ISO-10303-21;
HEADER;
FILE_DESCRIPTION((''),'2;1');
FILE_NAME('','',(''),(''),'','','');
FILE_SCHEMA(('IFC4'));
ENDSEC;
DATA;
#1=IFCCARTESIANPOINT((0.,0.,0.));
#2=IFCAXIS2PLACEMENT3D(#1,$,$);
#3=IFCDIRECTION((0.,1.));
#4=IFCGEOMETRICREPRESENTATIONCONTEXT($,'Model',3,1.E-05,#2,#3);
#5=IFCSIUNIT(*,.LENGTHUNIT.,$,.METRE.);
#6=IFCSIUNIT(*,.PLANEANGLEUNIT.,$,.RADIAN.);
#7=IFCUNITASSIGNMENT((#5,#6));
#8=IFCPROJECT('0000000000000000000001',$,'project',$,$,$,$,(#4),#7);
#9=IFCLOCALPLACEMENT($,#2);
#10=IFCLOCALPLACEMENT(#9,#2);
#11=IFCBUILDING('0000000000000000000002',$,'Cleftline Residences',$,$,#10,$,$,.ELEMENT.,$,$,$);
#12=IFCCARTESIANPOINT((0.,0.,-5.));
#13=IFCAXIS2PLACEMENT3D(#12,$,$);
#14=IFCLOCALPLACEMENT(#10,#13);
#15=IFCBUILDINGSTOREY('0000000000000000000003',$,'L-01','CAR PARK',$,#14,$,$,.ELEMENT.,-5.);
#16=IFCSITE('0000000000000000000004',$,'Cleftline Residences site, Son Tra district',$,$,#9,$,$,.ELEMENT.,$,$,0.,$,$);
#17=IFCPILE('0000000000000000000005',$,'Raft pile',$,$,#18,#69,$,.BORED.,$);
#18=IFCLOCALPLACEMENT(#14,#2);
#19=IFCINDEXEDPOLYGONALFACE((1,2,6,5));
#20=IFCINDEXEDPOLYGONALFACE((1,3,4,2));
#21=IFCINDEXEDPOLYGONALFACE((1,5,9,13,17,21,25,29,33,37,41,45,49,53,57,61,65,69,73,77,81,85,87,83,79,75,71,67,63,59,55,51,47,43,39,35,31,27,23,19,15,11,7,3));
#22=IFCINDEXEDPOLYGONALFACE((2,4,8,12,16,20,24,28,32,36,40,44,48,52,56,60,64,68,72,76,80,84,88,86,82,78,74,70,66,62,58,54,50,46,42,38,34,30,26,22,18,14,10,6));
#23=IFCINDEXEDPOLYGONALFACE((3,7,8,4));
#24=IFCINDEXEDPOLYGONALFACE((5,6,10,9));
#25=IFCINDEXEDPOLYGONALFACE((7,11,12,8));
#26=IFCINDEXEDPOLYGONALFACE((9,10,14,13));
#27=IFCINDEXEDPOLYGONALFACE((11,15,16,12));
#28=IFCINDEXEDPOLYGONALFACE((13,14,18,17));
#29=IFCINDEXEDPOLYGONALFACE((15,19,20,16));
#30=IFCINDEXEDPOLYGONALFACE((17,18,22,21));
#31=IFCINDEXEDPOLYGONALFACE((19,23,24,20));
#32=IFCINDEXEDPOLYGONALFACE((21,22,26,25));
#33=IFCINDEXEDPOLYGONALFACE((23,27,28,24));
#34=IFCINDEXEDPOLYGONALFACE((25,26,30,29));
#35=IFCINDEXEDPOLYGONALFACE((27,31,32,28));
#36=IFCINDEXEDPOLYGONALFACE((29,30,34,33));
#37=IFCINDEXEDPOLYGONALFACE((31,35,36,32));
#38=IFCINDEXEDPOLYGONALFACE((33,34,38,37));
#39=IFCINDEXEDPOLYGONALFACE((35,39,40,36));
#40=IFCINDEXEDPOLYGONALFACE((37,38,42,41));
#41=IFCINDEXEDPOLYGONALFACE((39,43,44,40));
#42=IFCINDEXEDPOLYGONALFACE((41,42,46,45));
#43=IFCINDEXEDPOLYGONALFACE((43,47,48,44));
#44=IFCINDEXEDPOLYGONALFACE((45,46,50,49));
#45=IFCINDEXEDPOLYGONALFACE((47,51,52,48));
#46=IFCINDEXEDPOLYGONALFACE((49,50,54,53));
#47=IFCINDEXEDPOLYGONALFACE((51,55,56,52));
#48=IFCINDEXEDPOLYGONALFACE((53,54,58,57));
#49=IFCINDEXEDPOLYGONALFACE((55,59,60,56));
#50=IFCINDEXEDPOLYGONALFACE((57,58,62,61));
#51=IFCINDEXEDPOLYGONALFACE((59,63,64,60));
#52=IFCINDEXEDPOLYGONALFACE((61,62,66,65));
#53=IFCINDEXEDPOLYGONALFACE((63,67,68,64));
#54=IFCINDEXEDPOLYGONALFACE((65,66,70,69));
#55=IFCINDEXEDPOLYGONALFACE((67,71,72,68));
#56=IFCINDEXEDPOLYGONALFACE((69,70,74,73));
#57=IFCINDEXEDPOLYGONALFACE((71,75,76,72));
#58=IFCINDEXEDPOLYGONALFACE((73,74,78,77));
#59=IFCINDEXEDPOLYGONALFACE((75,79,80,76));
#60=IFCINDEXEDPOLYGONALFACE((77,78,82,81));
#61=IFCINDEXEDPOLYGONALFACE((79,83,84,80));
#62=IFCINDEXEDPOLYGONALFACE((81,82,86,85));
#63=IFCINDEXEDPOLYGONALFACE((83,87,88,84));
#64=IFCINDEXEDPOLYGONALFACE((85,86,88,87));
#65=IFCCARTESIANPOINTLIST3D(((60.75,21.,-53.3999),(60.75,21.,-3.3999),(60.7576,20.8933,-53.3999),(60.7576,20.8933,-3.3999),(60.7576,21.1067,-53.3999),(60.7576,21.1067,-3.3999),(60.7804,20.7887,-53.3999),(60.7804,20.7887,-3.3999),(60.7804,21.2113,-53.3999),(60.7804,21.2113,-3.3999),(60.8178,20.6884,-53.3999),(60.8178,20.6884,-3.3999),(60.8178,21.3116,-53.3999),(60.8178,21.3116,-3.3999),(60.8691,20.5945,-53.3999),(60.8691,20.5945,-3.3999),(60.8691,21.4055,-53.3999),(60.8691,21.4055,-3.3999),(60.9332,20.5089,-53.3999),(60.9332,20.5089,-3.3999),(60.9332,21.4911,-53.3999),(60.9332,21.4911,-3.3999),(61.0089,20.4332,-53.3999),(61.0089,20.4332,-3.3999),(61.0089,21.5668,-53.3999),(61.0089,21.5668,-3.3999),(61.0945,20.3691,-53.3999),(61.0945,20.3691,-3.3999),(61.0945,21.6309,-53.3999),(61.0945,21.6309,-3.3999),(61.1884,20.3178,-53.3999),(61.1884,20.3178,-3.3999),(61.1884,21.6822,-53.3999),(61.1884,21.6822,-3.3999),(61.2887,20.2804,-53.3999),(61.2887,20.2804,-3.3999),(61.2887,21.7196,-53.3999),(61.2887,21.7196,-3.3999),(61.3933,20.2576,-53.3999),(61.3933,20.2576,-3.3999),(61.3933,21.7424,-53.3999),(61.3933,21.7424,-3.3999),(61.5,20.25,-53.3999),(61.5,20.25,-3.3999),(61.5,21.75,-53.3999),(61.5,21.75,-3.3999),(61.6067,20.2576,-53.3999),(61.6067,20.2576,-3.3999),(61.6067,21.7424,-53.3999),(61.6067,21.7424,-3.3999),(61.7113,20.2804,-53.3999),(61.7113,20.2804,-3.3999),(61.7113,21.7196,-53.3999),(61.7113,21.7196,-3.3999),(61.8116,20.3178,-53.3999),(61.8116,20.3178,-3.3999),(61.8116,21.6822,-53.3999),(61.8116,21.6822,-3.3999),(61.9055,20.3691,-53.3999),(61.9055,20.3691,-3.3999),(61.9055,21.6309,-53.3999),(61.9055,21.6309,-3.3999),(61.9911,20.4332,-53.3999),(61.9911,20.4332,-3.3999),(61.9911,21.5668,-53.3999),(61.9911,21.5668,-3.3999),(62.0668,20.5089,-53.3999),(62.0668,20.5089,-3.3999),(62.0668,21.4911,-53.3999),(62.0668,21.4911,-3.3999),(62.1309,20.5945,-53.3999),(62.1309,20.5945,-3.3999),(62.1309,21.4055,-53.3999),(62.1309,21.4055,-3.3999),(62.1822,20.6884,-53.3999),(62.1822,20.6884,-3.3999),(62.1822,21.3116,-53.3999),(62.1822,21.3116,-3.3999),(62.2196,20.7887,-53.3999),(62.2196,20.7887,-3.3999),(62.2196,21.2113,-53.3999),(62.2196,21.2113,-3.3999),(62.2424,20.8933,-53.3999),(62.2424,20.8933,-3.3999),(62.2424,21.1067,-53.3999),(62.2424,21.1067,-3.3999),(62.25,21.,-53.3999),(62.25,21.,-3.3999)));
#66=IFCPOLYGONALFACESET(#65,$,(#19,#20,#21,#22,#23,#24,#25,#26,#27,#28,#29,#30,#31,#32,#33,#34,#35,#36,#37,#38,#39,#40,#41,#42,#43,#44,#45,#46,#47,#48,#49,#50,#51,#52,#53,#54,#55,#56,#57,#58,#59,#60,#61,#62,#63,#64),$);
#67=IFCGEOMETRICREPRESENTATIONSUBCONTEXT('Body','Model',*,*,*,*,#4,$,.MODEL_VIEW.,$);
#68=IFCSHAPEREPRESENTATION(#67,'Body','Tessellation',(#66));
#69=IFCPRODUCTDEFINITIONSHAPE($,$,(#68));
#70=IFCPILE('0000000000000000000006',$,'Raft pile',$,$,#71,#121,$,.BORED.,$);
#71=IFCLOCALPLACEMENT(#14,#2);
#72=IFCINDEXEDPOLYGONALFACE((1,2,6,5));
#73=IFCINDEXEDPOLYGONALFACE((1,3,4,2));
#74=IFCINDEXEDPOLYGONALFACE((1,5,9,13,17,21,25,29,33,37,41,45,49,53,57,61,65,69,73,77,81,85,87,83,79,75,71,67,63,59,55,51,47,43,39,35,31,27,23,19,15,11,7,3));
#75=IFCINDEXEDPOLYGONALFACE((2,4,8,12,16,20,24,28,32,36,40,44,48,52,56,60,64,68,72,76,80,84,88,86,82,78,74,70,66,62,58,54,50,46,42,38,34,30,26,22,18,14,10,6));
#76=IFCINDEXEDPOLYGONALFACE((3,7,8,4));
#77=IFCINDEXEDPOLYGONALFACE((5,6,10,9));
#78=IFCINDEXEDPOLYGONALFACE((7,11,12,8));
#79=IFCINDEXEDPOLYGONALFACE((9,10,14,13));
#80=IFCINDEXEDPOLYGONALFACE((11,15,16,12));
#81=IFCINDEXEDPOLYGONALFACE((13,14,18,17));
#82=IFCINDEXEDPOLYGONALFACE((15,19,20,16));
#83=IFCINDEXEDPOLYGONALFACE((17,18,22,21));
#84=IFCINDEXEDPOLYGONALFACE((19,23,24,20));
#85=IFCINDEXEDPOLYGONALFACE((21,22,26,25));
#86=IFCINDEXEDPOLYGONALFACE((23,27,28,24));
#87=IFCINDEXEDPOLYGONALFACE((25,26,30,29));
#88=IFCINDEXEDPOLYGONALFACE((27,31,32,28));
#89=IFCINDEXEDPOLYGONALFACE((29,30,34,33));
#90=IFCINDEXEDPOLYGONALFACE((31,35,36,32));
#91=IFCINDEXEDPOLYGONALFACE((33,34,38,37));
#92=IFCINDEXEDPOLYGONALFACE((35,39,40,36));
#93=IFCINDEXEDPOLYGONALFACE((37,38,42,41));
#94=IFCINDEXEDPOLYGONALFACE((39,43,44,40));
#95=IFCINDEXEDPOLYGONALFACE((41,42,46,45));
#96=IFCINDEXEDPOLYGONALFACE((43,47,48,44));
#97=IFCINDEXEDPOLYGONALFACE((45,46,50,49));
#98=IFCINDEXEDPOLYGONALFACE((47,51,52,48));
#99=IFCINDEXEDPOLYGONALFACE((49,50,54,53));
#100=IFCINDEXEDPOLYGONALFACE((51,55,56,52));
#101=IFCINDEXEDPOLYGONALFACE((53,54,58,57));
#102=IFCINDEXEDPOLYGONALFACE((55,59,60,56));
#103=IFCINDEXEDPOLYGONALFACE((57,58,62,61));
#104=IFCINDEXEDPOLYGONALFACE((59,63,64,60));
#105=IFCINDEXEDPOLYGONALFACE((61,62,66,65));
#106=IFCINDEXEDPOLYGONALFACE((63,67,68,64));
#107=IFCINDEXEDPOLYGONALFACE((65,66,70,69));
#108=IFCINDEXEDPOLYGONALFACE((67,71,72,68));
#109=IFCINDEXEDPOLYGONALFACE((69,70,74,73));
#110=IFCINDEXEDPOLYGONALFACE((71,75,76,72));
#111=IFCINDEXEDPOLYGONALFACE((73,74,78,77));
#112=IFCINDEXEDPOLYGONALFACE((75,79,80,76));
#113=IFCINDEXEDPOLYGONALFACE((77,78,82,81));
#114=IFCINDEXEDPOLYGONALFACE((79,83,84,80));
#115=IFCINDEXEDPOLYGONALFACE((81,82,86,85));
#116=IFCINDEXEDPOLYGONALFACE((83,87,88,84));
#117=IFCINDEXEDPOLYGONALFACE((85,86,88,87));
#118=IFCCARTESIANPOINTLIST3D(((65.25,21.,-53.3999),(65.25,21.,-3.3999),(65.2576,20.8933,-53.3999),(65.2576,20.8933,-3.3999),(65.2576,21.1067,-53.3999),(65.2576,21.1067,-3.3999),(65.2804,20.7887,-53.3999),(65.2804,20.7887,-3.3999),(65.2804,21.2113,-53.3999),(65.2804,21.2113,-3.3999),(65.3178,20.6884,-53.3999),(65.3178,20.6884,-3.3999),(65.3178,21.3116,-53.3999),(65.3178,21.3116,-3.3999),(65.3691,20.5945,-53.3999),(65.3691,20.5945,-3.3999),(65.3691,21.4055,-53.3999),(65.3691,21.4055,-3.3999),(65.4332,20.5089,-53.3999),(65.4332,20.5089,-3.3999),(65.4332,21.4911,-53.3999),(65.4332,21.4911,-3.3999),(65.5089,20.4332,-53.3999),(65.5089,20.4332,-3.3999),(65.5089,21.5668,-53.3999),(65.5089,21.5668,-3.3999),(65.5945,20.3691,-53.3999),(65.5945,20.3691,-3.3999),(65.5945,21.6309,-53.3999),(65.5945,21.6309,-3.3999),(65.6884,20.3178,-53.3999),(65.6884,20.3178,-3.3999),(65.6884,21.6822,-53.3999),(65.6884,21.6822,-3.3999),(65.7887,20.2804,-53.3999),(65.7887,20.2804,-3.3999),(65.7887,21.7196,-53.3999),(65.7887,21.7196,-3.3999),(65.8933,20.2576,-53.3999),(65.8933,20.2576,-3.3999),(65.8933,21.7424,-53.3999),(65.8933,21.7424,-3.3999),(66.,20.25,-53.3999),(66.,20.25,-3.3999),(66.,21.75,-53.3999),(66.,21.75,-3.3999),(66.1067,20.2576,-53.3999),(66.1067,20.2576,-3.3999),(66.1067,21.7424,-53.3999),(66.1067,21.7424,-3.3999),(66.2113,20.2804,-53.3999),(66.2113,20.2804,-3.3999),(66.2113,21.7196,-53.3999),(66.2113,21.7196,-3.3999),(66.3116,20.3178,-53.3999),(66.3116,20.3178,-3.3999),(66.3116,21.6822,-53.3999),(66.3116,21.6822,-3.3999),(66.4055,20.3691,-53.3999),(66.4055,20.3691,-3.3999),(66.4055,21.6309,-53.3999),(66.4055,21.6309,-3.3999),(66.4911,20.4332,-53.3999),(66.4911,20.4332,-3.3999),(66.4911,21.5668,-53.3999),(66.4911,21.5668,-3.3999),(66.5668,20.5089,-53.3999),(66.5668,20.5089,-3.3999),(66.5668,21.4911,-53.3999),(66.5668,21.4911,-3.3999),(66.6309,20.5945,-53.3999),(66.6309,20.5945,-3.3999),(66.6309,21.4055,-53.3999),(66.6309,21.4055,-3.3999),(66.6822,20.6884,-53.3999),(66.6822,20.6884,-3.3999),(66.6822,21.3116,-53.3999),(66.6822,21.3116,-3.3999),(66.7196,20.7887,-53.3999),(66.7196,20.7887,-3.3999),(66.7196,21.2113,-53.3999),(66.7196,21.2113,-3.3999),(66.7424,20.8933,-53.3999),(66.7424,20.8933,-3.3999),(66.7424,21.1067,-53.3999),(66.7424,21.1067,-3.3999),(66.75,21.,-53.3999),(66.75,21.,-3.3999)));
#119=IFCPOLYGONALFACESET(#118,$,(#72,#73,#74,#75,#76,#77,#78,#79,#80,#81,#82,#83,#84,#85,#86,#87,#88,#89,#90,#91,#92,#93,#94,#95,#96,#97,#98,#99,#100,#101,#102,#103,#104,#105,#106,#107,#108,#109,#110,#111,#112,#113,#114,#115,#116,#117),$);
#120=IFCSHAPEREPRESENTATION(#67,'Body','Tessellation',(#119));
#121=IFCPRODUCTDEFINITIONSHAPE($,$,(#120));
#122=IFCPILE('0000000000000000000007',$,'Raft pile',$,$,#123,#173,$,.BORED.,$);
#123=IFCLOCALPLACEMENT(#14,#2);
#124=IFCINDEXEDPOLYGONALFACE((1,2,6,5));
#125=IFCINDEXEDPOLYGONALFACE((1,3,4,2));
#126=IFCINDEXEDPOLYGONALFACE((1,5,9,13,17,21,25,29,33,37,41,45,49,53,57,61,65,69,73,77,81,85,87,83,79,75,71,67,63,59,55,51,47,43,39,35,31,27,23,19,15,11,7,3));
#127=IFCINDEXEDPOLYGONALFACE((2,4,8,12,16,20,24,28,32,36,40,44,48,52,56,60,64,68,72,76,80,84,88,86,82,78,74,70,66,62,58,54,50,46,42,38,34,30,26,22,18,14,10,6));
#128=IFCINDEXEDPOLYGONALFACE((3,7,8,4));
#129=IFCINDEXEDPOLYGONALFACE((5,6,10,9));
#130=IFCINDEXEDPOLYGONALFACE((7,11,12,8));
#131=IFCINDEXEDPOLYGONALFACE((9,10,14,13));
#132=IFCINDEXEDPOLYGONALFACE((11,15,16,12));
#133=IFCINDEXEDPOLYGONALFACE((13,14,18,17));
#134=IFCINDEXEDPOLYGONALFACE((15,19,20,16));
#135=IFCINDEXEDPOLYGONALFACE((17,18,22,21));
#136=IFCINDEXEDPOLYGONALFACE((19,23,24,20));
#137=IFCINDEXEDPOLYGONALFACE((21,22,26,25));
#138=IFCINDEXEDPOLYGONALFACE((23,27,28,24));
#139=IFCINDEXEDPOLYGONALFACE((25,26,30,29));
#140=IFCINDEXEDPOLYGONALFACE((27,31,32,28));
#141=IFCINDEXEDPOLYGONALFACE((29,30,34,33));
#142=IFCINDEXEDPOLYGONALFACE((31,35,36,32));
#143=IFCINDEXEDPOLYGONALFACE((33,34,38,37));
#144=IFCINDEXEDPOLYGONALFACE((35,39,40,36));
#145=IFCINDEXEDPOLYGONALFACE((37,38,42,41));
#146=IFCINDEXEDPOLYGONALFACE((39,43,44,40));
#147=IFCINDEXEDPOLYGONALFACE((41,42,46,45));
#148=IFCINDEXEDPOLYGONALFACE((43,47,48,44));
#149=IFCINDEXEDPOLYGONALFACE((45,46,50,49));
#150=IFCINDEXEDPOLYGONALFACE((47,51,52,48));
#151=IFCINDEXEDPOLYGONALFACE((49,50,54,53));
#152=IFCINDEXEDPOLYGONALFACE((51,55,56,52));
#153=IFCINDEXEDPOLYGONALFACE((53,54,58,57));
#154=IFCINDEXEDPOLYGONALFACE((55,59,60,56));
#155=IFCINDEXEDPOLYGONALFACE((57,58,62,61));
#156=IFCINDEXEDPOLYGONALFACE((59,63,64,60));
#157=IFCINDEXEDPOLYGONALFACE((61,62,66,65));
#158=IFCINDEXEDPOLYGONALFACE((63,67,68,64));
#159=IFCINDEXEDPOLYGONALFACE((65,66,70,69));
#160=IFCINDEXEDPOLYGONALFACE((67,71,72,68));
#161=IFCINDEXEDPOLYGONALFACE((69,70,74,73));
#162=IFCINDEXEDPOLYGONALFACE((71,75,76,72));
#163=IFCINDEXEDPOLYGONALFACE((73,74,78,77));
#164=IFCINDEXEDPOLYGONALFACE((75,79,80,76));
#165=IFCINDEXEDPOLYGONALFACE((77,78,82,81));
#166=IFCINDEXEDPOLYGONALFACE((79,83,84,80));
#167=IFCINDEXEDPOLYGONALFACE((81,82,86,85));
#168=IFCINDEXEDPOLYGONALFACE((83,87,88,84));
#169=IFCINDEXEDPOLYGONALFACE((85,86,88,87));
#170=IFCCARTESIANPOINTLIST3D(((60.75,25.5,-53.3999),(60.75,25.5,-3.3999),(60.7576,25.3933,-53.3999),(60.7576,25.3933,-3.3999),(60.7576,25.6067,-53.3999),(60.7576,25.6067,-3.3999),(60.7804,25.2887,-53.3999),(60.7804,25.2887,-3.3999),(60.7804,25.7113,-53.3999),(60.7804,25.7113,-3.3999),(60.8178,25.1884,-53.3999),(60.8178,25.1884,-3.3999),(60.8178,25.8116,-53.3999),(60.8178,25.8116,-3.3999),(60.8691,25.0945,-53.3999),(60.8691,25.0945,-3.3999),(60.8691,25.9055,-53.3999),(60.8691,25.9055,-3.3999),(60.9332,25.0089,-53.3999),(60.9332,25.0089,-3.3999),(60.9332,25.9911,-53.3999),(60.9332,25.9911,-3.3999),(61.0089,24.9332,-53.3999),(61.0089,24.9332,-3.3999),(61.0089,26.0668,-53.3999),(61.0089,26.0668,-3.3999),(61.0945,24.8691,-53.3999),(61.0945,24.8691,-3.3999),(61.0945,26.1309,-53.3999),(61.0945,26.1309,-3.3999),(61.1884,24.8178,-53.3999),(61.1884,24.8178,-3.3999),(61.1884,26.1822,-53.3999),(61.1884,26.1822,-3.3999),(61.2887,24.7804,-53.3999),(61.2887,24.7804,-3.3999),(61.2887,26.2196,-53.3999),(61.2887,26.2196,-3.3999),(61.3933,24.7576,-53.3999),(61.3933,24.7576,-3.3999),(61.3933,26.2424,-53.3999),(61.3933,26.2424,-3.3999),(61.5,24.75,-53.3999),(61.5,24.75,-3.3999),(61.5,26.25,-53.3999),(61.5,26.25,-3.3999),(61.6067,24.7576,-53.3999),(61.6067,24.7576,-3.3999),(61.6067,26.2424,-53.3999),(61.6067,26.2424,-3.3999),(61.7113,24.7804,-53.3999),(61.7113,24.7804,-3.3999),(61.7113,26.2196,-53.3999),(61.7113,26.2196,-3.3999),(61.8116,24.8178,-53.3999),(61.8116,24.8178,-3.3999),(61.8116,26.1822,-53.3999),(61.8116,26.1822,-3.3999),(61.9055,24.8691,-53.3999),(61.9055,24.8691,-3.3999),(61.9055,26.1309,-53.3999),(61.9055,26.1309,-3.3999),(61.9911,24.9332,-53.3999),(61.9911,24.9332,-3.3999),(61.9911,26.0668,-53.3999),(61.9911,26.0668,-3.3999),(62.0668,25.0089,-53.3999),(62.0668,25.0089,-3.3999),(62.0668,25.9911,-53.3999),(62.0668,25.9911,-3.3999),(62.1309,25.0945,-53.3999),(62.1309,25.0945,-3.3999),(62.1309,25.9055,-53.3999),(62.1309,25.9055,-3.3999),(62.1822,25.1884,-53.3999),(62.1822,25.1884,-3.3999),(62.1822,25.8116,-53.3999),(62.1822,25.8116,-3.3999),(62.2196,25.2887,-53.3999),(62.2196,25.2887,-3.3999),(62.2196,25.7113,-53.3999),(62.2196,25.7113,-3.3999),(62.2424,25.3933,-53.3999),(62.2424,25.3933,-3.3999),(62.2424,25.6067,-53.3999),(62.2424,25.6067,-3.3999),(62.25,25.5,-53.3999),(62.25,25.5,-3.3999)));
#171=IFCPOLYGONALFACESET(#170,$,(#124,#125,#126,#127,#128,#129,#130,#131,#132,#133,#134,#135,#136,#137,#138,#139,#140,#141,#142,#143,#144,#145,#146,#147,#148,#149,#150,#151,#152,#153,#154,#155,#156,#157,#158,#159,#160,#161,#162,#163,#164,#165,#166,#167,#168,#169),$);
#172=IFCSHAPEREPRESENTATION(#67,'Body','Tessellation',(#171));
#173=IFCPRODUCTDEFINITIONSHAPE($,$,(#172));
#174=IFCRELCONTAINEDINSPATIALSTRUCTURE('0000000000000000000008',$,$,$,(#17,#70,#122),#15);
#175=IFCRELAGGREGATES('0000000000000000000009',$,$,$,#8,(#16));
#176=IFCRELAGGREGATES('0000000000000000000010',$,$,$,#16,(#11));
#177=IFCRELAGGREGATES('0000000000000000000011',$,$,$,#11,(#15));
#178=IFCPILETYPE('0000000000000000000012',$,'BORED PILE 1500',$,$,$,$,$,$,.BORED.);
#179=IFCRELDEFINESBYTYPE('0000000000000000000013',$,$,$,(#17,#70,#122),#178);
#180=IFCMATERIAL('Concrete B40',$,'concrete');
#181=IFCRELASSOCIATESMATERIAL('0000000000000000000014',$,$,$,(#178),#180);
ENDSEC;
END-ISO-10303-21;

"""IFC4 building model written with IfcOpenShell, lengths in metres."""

from ifc_helpers import new_model, si_unit, direction, frame, origin, origin_2d, place, context, subcontext, project, spatial, circle, extrude, material, material_profile, profile_set, type_object, element, save


model = new_model("IFC4")

# Units and contexts
model_context = context("Model", 3, precision=1e-05, world=origin(), true_north=direction((0.0, 1.0)))
body_context = subcontext(model_context, "Body", "Model", "MODEL_VIEW")
ifc_project = project(units=[si_unit("LENGTHUNIT", "METRE"), si_unit("PLANEANGLEUNIT", "RADIAN")], contexts=[model_context])

# Site, building, storey
site_placement = place(None, origin())
site = spatial("IfcSite", under=ifc_project, at=site_placement, Name="Cleftline Residences site, Son Tra district", CompositionType="ELEMENT", RefElevation=0.0)
building_placement = place(site_placement, origin())
building = spatial("IfcBuilding", under=site, at=building_placement, Name="Cleftline Residences", CompositionType="ELEMENT")
storey_placement = place(building_placement, frame((0.0, 0.0, -5.0)))
storey = spatial("IfcBuildingStorey", under=building, at=storey_placement, Name="L-01", Description="CAR PARK", CompositionType="ELEMENT", Elevation=-5.0)

# Piles
ifc_material_1 = material(Name="Concrete B40", Category="concrete")
ifc_material_profile_1 = material_profile(ifc_material_1, circle(Radius=0.75, at=origin_2d()))
ifc_profile_set_1 = profile_set([ifc_material_profile_1], Name="Concrete B40")
pile_type_1 = type_object("IfcPileType", Name="BORED PILE 1500", PredefinedType="BORED", material=ifc_profile_set_1)
for number, where, z_axis, x_axis, name in (
    (1, (61.5, 21.0, -3.3999), (0.0, 0.0, -1.0), (1.0, 0.0, 0.0), "Raft pile"),
    (2, (66.0, 21.0, -3.3999), (0.0, 0.0, -1.0), (1.0, 0.0, 0.0), "Raft pile"),
    (3, (61.5, 25.5, -3.3999), (0.0, 0.0, -1.0), (1.0, 0.0, 0.0), "Raft pile"),
):
    element("IfcPile", number, at=place(storey_placement, frame(where, z_axis=z_axis, x_axis=x_axis)), inside=storey, type_object=pile_type_1, Name=name, PredefinedType="BORED", context=body_context, shape_type="SweptSolid", body=[
        extrude(circle(Radius=0.75, at=origin_2d()), origin(), (0.0, 0.0, 1.0), 50.0),
    ])

save(model, "model.ifc")
